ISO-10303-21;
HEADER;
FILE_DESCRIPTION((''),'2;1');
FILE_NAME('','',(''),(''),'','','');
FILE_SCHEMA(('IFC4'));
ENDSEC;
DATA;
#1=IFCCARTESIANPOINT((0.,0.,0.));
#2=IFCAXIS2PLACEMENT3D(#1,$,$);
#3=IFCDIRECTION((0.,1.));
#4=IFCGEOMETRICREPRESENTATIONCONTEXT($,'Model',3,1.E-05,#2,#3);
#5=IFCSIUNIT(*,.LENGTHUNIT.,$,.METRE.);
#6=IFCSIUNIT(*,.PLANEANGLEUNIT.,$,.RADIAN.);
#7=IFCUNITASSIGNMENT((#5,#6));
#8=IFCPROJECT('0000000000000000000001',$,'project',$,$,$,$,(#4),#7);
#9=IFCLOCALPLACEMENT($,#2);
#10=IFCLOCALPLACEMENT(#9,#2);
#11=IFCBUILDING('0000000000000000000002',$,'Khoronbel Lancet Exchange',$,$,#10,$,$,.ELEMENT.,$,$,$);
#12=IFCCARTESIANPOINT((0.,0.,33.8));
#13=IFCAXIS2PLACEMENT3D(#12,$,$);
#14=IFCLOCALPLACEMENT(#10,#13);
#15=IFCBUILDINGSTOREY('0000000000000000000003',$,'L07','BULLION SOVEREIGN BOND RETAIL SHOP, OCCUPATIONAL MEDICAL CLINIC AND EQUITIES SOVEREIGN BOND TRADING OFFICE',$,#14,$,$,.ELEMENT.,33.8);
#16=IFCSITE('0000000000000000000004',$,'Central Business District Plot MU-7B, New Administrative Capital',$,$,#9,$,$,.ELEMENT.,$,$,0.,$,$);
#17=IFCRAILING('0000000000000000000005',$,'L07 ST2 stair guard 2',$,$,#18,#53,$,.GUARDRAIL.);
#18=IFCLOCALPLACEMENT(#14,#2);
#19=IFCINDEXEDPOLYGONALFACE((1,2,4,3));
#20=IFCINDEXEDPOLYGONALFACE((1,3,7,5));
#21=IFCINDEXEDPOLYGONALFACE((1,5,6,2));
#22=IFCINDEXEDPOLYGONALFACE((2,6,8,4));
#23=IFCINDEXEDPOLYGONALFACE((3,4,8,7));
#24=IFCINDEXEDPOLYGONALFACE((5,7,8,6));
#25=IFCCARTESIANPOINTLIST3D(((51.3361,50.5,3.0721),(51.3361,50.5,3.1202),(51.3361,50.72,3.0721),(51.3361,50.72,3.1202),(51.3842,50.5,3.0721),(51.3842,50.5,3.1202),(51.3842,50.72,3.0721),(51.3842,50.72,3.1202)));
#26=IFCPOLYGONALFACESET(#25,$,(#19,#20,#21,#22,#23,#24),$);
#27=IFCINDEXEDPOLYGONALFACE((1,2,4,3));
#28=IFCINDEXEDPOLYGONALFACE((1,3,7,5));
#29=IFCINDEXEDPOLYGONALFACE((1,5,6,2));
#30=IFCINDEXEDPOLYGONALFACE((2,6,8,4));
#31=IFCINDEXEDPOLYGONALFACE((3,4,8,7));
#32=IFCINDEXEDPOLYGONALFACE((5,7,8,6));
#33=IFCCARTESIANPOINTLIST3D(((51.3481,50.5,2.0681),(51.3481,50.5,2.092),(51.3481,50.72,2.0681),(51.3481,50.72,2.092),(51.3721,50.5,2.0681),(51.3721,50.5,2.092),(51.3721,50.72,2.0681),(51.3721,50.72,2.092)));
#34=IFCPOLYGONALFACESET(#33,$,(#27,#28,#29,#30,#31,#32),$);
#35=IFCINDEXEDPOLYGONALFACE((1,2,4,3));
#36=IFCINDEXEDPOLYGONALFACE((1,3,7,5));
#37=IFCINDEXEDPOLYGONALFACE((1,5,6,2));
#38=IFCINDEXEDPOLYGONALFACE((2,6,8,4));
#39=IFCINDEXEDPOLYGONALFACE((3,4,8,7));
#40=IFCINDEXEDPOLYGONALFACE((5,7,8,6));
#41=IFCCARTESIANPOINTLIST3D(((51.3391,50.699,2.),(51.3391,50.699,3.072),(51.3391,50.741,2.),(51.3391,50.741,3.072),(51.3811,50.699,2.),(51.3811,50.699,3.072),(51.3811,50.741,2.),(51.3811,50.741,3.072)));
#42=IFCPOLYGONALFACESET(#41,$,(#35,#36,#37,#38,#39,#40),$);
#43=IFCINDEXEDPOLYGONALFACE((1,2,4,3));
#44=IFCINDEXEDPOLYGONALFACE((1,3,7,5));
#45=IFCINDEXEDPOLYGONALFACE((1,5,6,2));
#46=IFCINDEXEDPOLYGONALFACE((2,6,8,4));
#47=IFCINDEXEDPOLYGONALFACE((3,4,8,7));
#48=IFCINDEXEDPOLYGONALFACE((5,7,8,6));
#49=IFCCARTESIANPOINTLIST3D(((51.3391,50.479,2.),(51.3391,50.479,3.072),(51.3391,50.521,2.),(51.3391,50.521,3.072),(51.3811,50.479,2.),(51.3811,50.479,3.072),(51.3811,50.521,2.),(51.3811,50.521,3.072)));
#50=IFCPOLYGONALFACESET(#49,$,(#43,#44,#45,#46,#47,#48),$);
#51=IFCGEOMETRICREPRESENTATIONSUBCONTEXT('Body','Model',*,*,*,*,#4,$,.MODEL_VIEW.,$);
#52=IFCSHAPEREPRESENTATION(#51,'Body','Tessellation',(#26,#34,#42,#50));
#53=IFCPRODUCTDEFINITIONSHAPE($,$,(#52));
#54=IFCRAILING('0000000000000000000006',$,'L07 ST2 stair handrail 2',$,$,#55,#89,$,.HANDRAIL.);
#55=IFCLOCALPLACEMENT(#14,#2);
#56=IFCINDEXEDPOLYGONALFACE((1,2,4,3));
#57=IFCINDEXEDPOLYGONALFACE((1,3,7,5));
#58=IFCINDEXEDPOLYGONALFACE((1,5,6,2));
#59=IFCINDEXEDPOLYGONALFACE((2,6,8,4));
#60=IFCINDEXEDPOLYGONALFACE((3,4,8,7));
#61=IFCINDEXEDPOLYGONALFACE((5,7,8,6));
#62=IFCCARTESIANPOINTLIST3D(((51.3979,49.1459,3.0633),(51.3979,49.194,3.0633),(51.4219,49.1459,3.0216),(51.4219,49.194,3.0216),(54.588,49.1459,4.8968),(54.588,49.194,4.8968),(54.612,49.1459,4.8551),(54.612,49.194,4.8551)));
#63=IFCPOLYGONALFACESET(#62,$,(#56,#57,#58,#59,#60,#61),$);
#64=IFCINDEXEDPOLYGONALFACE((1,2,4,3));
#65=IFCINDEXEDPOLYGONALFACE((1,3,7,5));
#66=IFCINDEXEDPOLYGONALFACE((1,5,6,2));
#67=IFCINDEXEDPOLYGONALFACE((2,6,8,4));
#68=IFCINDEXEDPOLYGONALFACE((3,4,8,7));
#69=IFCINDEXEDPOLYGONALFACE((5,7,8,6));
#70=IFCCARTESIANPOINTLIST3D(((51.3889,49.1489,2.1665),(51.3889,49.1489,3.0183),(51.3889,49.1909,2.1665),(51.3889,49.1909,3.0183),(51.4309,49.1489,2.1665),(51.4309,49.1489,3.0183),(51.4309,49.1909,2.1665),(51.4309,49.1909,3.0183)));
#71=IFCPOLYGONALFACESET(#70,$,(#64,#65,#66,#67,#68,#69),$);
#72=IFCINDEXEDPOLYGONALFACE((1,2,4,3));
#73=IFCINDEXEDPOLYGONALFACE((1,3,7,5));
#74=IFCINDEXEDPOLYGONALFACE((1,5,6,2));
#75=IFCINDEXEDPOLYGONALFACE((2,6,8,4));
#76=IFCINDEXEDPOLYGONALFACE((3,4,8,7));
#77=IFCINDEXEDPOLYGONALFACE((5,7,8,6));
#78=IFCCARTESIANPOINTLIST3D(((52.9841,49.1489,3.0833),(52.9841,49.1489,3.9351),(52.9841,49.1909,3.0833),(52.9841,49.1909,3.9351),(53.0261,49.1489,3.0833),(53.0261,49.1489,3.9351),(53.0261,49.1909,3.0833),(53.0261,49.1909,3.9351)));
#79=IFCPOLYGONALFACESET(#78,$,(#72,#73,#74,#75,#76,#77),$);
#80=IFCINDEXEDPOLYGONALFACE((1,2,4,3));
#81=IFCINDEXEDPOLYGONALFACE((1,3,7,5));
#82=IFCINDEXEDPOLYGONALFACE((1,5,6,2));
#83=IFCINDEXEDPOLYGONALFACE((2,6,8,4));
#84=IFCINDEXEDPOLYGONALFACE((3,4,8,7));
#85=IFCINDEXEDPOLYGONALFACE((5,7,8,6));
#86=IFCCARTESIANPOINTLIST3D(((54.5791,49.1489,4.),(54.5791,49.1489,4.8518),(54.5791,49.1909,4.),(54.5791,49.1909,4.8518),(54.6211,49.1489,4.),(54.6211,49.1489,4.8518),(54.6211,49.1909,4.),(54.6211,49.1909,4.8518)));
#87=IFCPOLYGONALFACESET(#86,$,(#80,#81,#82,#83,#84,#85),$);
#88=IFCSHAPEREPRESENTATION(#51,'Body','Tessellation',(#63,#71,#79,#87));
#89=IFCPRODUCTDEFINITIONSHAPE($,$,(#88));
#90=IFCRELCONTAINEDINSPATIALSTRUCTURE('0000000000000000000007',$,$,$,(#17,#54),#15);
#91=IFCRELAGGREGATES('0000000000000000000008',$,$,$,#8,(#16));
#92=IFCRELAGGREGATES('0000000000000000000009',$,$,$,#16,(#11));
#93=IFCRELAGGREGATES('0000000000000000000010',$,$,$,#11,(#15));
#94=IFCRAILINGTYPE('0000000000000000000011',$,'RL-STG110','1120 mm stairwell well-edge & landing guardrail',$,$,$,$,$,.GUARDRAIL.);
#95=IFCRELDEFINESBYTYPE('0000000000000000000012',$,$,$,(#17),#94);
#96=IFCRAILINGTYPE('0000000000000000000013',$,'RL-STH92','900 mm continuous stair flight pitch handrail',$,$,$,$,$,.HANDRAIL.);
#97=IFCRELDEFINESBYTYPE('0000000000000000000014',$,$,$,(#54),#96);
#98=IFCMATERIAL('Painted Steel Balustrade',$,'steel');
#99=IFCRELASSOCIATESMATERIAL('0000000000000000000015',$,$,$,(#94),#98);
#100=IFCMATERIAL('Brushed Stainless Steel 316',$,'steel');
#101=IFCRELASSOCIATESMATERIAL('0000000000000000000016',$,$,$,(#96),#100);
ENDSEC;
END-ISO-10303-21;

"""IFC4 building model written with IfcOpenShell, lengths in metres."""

from ifc_helpers import new_model, si_unit, direction, frame, origin, origin_2d, place, context, subcontext, project, spatial, rectangle, extrude, material, type_object, element, save


model = new_model("IFC4")

# Units and contexts
model_context = context("Model", 3, precision=1e-05, world=origin(), true_north=direction((0.0, 1.0)))
body_context = subcontext(model_context, "Body", "Model", "MODEL_VIEW")
ifc_project = project(units=[si_unit("LENGTHUNIT", "METRE"), si_unit("PLANEANGLEUNIT", "RADIAN")], contexts=[model_context])

# Site, building, storey
site_placement = place(None, origin())
site = spatial("IfcSite", under=ifc_project, at=site_placement, Name="Central Business District Plot MU-7B, New Administrative Capital", CompositionType="ELEMENT", RefElevation=0.0)
building_placement = place(site_placement, origin())
building = spatial("IfcBuilding", under=site, at=building_placement, Name="Khoronbel Lancet Exchange", CompositionType="ELEMENT")
storey_placement = place(building_placement, frame((0.0, 0.0, 33.8)))
storey = spatial("IfcBuildingStorey", under=building, at=storey_placement, Name="L07", Description="BULLION SOVEREIGN BOND RETAIL SHOP, OCCUPATIONAL MEDICAL CLINIC AND EQUITIES SOVEREIGN BOND TRADING OFFICE", CompositionType="ELEMENT", Elevation=33.8)

# Railings
ifc_material_1 = material(Name="Painted Steel Balustrade", Category="steel")
railing_type_1 = type_object("IfcRailingType", Name="RL-STG110", Description="1120 mm stairwell well-edge & landing guardrail", PredefinedType="GUARDRAIL", material=ifc_material_1)
railing_1_placement = place(storey_placement, frame((51.3601, 50.72, 2.0)))
element("IfcRailing", 1, at=railing_1_placement, inside=storey, type_object=railing_type_1, Name="L07 ST2 stair guard 2", PredefinedType="GUARDRAIL", context=body_context, shape_type="SweptSolid", body=[
    extrude(rectangle(XDim=0.0481, YDim=0.0481, at=origin_2d()), frame((0.0, 0.0, 1.0962), z_axis=(0.0, -1.0, 0.0), x_axis=(1.0, 0.0, 0.0)), (0.0, 0.0, 1.0), 0.22),
    extrude(rectangle(XDim=0.0239, YDim=0.0239, at=origin_2d()), frame((0.0, 0.0, 0.0801), z_axis=(0.0, -1.0, 0.0), x_axis=(1.0, 0.0, 0.0)), (0.0, 0.0, 1.0), 0.22),
    extrude(rectangle(XDim=0.042, YDim=0.042, at=origin_2d()), origin(), (0.0, 0.0, 1.0), 1.072),
    extrude(rectangle(XDim=0.042, YDim=0.042, at=origin_2d()), frame((0.0, -0.22, 0.0)), (0.0, 0.0, 1.0), 1.072),
])
ifc_material_2 = material(Name="Brushed Stainless Steel 316", Category="steel")
railing_type_2 = type_object("IfcRailingType", Name="RL-STH92", Description="900 mm continuous stair flight pitch handrail", PredefinedType="HANDRAIL", material=ifc_material_2)
railing_2_placement = place(storey_placement, frame((51.4099, 49.1699, 2.1665)))
element("IfcRailing", 2, at=railing_2_placement, inside=storey, type_object=railing_type_2, Name="L07 ST2 stair handrail 2", PredefinedType="HANDRAIL", context=body_context, shape_type="SweptSolid", body=[
    extrude(rectangle(XDim=0.0481, YDim=0.0481, at=origin_2d()), frame((0.0, 0.0, 0.876), z_axis=(0.867007, 0.0, 0.498295), x_axis=(0.0, 1.0, 0.0)), (0.0, 0.0, 1.0), 3.6794),
    extrude(rectangle(XDim=0.042, YDim=0.042, at=origin_2d()), origin(), (0.0, 0.0, 1.0), 0.8518),
    extrude(rectangle(XDim=0.042, YDim=0.042, at=origin_2d()), frame((1.5952, 0.0, 0.9167)), (0.0, 0.0, 1.0), 0.8518),
    extrude(rectangle(XDim=0.042, YDim=0.042, at=origin_2d()), frame((3.1902, 0.0, 1.8335)), (0.0, 0.0, 1.0), 0.8518),
])

save(model, "model.ifc")
